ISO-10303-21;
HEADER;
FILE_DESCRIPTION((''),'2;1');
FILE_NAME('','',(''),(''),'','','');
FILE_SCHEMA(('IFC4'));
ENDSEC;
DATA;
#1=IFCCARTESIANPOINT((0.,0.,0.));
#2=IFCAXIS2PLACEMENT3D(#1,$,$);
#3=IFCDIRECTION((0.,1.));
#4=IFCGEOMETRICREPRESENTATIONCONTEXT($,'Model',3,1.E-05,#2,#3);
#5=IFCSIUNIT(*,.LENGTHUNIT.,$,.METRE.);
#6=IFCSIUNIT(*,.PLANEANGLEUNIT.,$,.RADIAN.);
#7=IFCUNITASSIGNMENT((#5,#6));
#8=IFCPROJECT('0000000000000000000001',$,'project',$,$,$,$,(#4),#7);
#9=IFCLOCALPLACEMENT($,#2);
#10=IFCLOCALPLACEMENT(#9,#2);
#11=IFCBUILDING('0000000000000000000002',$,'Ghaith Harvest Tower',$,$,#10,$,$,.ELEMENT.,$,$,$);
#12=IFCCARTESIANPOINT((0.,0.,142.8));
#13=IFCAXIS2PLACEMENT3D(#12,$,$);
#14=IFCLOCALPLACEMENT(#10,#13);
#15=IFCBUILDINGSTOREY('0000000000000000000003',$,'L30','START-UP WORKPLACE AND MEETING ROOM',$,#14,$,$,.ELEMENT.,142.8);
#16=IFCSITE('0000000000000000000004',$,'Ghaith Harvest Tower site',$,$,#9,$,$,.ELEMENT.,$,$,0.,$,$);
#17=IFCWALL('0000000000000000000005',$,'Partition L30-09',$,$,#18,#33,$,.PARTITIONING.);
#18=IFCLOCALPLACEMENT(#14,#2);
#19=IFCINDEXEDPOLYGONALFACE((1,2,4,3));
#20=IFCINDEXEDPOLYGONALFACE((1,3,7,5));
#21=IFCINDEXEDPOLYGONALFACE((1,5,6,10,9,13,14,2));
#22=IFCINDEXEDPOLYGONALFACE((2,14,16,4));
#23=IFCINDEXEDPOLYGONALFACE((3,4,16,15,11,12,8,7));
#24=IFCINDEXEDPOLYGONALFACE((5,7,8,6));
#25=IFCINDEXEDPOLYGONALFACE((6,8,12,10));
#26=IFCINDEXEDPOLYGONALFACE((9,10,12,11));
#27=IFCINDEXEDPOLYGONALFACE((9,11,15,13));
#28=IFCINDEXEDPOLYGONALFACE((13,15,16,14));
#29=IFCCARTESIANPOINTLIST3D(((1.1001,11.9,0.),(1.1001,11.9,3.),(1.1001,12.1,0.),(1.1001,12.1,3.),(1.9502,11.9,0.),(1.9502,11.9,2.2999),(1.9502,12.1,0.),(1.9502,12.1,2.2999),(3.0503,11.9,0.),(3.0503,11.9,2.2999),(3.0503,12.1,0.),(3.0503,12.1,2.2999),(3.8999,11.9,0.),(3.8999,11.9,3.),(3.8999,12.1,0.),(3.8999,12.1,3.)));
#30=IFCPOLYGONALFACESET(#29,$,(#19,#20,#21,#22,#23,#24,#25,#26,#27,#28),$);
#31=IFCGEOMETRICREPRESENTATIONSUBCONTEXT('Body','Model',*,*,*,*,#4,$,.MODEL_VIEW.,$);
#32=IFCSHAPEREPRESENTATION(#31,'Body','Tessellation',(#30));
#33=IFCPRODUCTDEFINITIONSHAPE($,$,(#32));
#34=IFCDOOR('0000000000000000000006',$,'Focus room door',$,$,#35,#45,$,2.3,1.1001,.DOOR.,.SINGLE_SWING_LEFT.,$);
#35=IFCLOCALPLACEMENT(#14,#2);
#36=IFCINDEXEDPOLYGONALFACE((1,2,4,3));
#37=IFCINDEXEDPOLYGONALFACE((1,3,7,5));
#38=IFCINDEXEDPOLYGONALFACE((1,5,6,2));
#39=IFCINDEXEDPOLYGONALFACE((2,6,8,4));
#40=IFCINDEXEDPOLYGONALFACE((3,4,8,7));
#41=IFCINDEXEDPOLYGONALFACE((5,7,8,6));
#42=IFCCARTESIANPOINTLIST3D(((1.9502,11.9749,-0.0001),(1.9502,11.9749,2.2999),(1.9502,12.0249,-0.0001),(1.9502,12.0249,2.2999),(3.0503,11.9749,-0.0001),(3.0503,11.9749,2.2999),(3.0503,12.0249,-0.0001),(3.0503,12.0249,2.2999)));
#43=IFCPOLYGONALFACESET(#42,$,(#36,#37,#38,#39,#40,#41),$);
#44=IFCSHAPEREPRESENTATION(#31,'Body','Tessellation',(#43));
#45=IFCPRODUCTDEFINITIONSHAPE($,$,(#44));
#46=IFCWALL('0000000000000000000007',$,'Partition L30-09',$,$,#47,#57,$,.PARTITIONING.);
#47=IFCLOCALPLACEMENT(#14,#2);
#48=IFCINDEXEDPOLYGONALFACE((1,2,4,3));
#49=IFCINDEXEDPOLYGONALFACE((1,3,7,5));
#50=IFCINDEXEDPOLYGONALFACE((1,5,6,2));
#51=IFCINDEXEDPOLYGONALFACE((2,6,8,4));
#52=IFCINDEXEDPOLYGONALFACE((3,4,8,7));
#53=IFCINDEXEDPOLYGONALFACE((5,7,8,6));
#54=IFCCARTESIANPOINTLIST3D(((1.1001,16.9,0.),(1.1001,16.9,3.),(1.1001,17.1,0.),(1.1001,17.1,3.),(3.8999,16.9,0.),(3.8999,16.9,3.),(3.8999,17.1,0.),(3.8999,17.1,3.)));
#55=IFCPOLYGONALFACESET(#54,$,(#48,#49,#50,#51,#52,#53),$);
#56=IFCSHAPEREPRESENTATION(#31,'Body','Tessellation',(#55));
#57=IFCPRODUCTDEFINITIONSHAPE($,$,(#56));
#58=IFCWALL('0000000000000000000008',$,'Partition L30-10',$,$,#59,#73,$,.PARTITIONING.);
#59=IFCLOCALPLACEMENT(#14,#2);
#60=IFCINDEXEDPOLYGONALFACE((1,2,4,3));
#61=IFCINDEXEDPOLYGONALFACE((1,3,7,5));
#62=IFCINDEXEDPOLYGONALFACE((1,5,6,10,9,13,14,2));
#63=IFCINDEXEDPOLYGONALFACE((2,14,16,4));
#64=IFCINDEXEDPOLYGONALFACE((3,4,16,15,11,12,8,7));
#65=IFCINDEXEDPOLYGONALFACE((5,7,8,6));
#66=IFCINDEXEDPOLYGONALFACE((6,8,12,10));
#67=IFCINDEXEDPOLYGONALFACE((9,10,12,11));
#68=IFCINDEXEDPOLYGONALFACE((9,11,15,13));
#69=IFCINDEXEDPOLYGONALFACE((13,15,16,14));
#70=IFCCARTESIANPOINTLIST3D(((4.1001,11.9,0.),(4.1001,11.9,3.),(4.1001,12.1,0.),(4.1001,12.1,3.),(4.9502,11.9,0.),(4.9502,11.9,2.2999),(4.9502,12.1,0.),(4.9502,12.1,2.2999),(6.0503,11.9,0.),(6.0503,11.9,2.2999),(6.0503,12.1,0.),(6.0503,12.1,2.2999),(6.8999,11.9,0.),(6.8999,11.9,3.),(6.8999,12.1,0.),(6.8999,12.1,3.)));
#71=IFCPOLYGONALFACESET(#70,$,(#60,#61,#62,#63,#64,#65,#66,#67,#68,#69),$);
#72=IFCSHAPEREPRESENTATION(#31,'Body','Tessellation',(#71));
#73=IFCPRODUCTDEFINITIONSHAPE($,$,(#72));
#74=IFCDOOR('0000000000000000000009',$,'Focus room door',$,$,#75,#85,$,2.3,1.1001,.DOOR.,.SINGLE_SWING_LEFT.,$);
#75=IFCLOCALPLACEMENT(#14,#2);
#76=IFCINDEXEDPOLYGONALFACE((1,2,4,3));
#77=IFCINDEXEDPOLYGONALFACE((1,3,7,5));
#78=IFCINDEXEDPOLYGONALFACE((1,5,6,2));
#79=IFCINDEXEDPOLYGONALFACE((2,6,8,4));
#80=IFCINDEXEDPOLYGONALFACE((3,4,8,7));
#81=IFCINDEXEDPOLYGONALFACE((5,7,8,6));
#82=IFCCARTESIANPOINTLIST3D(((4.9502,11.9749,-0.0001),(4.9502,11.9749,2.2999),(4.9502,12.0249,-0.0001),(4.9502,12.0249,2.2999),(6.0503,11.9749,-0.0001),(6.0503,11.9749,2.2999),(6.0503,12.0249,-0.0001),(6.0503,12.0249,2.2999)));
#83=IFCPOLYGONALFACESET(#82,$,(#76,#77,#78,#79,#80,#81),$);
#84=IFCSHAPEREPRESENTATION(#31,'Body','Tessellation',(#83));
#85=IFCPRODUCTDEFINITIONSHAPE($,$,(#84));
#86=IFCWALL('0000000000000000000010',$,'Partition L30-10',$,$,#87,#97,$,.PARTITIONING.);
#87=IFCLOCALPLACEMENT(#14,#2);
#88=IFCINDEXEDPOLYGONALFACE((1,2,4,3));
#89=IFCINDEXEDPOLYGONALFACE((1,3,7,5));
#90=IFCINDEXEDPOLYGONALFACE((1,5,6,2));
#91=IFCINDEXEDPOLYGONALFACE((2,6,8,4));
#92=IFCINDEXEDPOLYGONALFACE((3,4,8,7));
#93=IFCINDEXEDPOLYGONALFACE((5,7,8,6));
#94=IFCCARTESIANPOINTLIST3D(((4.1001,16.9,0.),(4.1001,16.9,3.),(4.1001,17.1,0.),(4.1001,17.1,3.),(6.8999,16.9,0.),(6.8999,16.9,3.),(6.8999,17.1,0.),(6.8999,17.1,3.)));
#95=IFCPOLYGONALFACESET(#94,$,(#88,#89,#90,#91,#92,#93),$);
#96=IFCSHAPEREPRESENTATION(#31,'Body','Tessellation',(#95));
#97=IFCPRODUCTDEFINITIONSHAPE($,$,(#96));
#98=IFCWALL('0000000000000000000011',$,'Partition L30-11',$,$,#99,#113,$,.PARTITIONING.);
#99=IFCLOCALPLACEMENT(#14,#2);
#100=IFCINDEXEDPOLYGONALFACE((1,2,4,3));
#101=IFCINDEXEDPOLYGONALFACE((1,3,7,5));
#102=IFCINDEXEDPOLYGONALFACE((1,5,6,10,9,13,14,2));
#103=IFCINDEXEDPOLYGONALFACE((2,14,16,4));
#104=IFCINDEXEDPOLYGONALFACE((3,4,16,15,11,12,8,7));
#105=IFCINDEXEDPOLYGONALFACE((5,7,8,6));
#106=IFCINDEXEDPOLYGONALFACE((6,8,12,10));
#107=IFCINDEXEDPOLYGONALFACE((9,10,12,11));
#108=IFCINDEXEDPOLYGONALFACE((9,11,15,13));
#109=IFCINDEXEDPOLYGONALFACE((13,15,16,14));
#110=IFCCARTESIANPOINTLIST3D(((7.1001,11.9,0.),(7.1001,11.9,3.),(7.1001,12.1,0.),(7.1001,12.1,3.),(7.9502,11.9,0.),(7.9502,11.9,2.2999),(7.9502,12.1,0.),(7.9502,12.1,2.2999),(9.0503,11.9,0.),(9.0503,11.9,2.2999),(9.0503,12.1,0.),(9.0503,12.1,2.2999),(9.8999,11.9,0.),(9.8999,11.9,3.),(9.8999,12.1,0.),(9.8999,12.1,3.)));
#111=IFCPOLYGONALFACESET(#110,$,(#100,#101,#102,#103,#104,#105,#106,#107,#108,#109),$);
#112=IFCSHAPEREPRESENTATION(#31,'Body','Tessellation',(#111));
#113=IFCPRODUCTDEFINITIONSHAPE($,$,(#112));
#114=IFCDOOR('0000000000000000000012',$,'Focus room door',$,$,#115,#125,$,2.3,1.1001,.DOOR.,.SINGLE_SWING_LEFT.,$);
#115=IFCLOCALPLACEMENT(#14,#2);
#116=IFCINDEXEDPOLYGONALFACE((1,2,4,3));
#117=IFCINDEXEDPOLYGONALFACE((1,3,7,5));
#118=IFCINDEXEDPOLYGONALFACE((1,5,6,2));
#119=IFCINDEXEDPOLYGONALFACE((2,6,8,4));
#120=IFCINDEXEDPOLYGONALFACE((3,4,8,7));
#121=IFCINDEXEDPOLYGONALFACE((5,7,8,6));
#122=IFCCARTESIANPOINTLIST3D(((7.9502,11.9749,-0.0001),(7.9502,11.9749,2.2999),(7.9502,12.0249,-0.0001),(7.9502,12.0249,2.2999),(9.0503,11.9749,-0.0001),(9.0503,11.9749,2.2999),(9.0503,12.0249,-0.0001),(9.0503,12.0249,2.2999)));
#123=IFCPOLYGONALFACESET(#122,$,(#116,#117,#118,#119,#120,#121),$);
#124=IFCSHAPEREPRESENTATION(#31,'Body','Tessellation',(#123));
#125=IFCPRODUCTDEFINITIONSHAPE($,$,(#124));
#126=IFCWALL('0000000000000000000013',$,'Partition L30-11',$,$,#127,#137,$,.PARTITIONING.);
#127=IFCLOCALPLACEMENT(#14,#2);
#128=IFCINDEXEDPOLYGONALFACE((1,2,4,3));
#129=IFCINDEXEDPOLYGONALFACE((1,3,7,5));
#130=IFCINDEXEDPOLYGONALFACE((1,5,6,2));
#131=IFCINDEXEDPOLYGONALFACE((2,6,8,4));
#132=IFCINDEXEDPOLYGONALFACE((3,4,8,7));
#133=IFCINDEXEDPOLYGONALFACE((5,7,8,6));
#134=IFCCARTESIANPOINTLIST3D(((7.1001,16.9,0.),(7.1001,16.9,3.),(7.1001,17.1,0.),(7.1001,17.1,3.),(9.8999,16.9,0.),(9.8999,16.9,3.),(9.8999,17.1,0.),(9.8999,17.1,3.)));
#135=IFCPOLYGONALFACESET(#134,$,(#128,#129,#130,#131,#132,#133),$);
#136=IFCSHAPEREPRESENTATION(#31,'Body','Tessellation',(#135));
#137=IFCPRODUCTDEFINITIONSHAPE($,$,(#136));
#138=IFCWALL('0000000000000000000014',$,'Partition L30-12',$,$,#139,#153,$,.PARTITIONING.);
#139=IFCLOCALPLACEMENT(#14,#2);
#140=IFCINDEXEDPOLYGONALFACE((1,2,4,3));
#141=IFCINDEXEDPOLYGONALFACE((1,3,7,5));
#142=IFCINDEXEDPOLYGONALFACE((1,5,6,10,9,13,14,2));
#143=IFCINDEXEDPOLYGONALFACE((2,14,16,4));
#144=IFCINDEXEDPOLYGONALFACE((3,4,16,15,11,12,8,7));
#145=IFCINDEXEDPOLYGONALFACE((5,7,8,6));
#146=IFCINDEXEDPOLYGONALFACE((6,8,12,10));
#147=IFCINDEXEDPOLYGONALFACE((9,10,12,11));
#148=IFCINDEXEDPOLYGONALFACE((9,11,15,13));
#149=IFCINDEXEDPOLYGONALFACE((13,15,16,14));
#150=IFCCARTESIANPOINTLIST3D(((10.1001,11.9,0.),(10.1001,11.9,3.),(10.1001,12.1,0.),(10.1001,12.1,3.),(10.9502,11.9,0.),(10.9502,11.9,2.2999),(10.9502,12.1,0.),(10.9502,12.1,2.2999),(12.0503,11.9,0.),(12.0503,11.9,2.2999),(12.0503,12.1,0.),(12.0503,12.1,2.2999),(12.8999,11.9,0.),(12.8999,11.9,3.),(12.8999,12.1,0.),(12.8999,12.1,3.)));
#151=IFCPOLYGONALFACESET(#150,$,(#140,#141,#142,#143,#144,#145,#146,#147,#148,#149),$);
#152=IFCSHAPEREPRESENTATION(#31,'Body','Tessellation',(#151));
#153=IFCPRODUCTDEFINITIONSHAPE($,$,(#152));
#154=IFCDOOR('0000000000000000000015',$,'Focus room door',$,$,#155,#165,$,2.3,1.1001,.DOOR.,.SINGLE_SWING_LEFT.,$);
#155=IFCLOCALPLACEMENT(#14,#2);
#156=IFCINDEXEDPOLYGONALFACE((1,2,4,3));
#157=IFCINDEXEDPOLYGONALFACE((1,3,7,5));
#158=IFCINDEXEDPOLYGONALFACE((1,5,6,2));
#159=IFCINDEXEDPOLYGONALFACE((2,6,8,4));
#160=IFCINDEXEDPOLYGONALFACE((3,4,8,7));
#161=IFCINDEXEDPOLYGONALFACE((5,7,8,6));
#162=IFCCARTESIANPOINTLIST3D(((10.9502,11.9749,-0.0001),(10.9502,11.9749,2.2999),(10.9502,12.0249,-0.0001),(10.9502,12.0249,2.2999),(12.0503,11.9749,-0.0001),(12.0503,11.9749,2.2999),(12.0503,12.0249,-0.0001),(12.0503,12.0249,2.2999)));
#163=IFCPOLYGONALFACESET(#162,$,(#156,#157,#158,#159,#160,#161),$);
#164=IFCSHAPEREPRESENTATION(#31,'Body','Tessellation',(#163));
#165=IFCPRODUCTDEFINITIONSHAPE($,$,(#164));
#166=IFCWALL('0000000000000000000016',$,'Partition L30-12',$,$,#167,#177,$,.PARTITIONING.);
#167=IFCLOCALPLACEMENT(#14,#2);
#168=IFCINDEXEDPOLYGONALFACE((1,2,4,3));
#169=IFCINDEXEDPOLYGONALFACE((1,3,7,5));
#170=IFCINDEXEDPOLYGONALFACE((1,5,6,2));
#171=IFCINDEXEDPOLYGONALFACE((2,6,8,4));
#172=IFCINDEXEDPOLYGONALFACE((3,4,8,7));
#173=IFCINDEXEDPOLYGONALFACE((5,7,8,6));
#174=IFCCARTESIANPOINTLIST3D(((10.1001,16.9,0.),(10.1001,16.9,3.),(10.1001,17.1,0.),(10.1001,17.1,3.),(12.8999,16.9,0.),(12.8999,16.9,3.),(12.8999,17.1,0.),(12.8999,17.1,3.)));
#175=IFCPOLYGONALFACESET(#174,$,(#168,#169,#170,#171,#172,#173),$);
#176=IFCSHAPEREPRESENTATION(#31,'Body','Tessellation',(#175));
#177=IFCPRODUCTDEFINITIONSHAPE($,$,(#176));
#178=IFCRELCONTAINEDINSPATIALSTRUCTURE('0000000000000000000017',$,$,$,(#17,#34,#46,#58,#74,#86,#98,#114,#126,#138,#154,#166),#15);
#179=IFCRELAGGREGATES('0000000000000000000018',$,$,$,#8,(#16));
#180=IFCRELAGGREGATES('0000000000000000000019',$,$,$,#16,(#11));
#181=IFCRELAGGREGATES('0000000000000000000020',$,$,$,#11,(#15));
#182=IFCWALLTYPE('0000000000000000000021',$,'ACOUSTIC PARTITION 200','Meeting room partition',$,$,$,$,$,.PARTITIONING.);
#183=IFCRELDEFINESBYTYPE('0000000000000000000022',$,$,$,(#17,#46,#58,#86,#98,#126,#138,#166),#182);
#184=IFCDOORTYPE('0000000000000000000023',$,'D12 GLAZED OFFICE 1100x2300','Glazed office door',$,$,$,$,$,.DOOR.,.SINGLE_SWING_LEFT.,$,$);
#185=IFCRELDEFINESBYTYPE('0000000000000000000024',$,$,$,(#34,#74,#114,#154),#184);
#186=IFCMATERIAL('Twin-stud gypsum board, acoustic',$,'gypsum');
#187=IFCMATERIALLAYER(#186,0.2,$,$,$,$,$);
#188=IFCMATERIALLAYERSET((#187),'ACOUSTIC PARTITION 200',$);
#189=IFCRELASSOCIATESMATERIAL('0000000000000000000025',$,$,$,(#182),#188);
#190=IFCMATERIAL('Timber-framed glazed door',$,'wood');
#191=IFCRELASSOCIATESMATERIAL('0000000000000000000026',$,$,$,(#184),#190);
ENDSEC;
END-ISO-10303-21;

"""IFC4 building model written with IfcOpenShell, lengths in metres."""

from ifc_helpers import new_model, si_unit, direction, frame, frame_2d, origin, place, context, subcontext, project, spatial, rectangle, extrude, material, layer, layer_set, type_object, element, fill, save


model = new_model("IFC4")

# Units and contexts
model_context = context("Model", 3, precision=1e-05, world=origin(), true_north=direction((0.0, 1.0)))
body_context = subcontext(model_context, "Body", "Model", "MODEL_VIEW")
ifc_project = project(units=[si_unit("LENGTHUNIT", "METRE"), si_unit("PLANEANGLEUNIT", "RADIAN")], contexts=[model_context])

# Site, building, storey
site_placement = place(None, origin())
site = spatial("IfcSite", under=ifc_project, at=site_placement, Name="Ghaith Harvest Tower site", CompositionType="ELEMENT", RefElevation=0.0)
building_placement = place(site_placement, origin())
building = spatial("IfcBuilding", under=site, at=building_placement, Name="Ghaith Harvest Tower", CompositionType="ELEMENT")
storey_placement = place(building_placement, frame((0.0, 0.0, 142.8)))
storey = spatial("IfcBuildingStorey", under=building, at=storey_placement, Name="L30", Description="START-UP WORKPLACE AND MEETING ROOM", CompositionType="ELEMENT", Elevation=142.8)

# Shared definitions
ifc_material_1 = material(Name="Twin-stud gypsum board, acoustic", Category="gypsum")
ifc_layer_1 = layer(ifc_material_1, 0.2)
ifc_layer_set_1 = layer_set([ifc_layer_1], Name="ACOUSTIC PARTITION 200")
wall_type = type_object("IfcWallType", Name="ACOUSTIC PARTITION 200", Description="Meeting room partition", PredefinedType="PARTITIONING", material=ifc_layer_set_1)

# Wall, opening, door
wall_1_placement = place(storey_placement, frame((1.1001, 12.0, 0.0), z_axis=(0.0, 0.0, 1.0), x_axis=(1.0, 0.0, 0.0)))
wall_1 = element("IfcWall", 1, at=wall_1_placement, inside=storey, type_object=wall_type, Name="Partition L30-09", PredefinedType="PARTITIONING", context=body_context, shape_type="SweptSolid", body=[
    extrude(rectangle(XDim=2.7998, YDim=0.2, at=frame_2d((1.3999, 0.0))), origin(), (0.0, 0.0, 1.0), 3.0),
])
opening_1_placement = place(wall_1_placement, frame((0.8501, 0.0, 0.0)))
opening_1 = element("IfcOpeningElement", 2, at=opening_1_placement, cuts=wall_1, PredefinedType="OPENING", context=body_context, shape_type="SweptSolid", body=[
    extrude(rectangle(XDim=1.1001, YDim=2.3, at=frame_2d((0.55, 1.1499))), frame((0.0, 0.1099, 0.0), z_axis=(0.0, -1.0, 0.0), x_axis=(1.0, 0.0, 0.0)), (0.0, 0.0, 1.0), 0.22),
])
ifc_material_2 = material(Name="Timber-framed glazed door", Category="wood")
door_type = type_object("IfcDoorType", Name="D12 GLAZED OFFICE 1100x2300", Description="Glazed office door", OperationType="SINGLE_SWING_LEFT", PredefinedType="DOOR", material=ifc_material_2)
door_1_placement = place(opening_1_placement, origin())
door_1 = element("IfcDoor", 3, at=door_1_placement, inside=storey, type_object=door_type, Name="Focus room door", OperationType="SINGLE_SWING_LEFT", OverallHeight=2.3, OverallWidth=1.1001, PredefinedType="DOOR", context=body_context, shape_type="SweptSolid", body=[
    extrude(rectangle(XDim=1.1001, YDim=2.3, at=frame_2d((0.55, 1.1499))), frame((0.0, 0.0249, 0.0), z_axis=(0.0, -1.0, 0.0), x_axis=(1.0, 0.0, 0.0)), (0.0, 0.0, 1.0), 0.05),
])
fill(opening_1, door_1)

# Wall
wall_2_placement = place(storey_placement, frame((1.1001, 17.0, 0.0), z_axis=(0.0, 0.0, 1.0), x_axis=(1.0, 0.0, 0.0)))
element("IfcWall", 4, at=wall_2_placement, inside=storey, type_object=wall_type, Name="Partition L30-09", PredefinedType="PARTITIONING", context=body_context, shape_type="SweptSolid", body=[
    extrude(rectangle(XDim=2.7998, YDim=0.2, at=frame_2d((1.3999, 0.0))), origin(), (0.0, 0.0, 1.0), 3.0),
])

# Wall, opening, door
wall_3_placement = place(storey_placement, frame((4.1001, 12.0, 0.0), z_axis=(0.0, 0.0, 1.0), x_axis=(1.0, 0.0, 0.0)))
wall_3 = element("IfcWall", 5, at=wall_3_placement, inside=storey, type_object=wall_type, Name="Partition L30-10", PredefinedType="PARTITIONING", context=body_context, shape_type="SweptSolid", body=[
    extrude(rectangle(XDim=2.7998, YDim=0.2, at=frame_2d((1.3999, 0.0))), origin(), (0.0, 0.0, 1.0), 3.0),
])
opening_2_placement = place(wall_3_placement, frame((0.8501, 0.0, 0.0)))
opening_2 = element("IfcOpeningElement", 6, at=opening_2_placement, cuts=wall_3, PredefinedType="OPENING", context=body_context, shape_type="SweptSolid", body=[
    extrude(rectangle(XDim=1.1001, YDim=2.3, at=frame_2d((0.55, 1.1499))), frame((0.0, 0.1099, 0.0), z_axis=(0.0, -1.0, 0.0), x_axis=(1.0, 0.0, 0.0)), (0.0, 0.0, 1.0), 0.22),
])
door_2_placement = place(opening_2_placement, origin())
door_2 = element("IfcDoor", 7, at=door_2_placement, inside=storey, type_object=door_type, Name="Focus room door", OperationType="SINGLE_SWING_LEFT", OverallHeight=2.3, OverallWidth=1.1001, PredefinedType="DOOR", context=body_context, shape_type="SweptSolid", body=[
    extrude(rectangle(XDim=1.1001, YDim=2.3, at=frame_2d((0.55, 1.1499))), frame((0.0, 0.0249, 0.0), z_axis=(0.0, -1.0, 0.0), x_axis=(1.0, 0.0, 0.0)), (0.0, 0.0, 1.0), 0.05),
])
fill(opening_2, door_2)

# Wall
wall_4_placement = place(storey_placement, frame((4.1001, 17.0, 0.0), z_axis=(0.0, 0.0, 1.0), x_axis=(1.0, 0.0, 0.0)))
element("IfcWall", 8, at=wall_4_placement, inside=storey, type_object=wall_type, Name="Partition L30-10", PredefinedType="PARTITIONING", context=body_context, shape_type="SweptSolid", body=[
    extrude(rectangle(XDim=2.7998, YDim=0.2, at=frame_2d((1.3999, 0.0))), origin(), (0.0, 0.0, 1.0), 3.0),
])

# Wall, opening, door
wall_5_placement = place(storey_placement, frame((7.1001, 12.0, 0.0), z_axis=(0.0, 0.0, 1.0), x_axis=(1.0, 0.0, 0.0)))
wall_5 = element("IfcWall", 9, at=wall_5_placement, inside=storey, type_object=wall_type, Name="Partition L30-11", PredefinedType="PARTITIONING", context=body_context, shape_type="SweptSolid", body=[
    extrude(rectangle(XDim=2.7998, YDim=0.2, at=frame_2d((1.3999, 0.0))), origin(), (0.0, 0.0, 1.0), 3.0),
])
opening_3_placement = place(wall_5_placement, frame((0.8501, 0.0, 0.0)))
opening_3 = element("IfcOpeningElement", 10, at=opening_3_placement, cuts=wall_5, PredefinedType="OPENING", context=body_context, shape_type="SweptSolid", body=[
    extrude(rectangle(XDim=1.1001, YDim=2.3, at=frame_2d((0.55, 1.1499))), frame((0.0, 0.1099, 0.0), z_axis=(0.0, -1.0, 0.0), x_axis=(1.0, 0.0, 0.0)), (0.0, 0.0, 1.0), 0.22),
])
door_3_placement = place(opening_3_placement, origin())
door_3 = element("IfcDoor", 11, at=door_3_placement, inside=storey, type_object=door_type, Name="Focus room door", OperationType="SINGLE_SWING_LEFT", OverallHeight=2.3, OverallWidth=1.1001, PredefinedType="DOOR", context=body_context, shape_type="SweptSolid", body=[
    extrude(rectangle(XDim=1.1001, YDim=2.3, at=frame_2d((0.55, 1.1499))), frame((0.0, 0.0249, 0.0), z_axis=(0.0, -1.0, 0.0), x_axis=(1.0, 0.0, 0.0)), (0.0, 0.0, 1.0), 0.05),
])
fill(opening_3, door_3)

# Wall
wall_6_placement = place(storey_placement, frame((7.1001, 17.0, 0.0), z_axis=(0.0, 0.0, 1.0), x_axis=(1.0, 0.0, 0.0)))
element("IfcWall", 12, at=wall_6_placement, inside=storey, type_object=wall_type, Name="Partition L30-11", PredefinedType="PARTITIONING", context=body_context, shape_type="SweptSolid", body=[
    extrude(rectangle(XDim=2.7998, YDim=0.2, at=frame_2d((1.3999, 0.0))), origin(), (0.0, 0.0, 1.0), 3.0),
])

# Wall, opening, door
wall_7_placement = place(storey_placement, frame((10.1001, 12.0, 0.0), z_axis=(0.0, 0.0, 1.0), x_axis=(1.0, 0.0, 0.0)))
wall_7 = element("IfcWall", 13, at=wall_7_placement, inside=storey, type_object=wall_type, Name="Partition L30-12", PredefinedType="PARTITIONING", context=body_context, shape_type="SweptSolid", body=[
    extrude(rectangle(XDim=2.7998, YDim=0.2, at=frame_2d((1.3999, 0.0))), origin(), (0.0, 0.0, 1.0), 3.0),
])
opening_4_placement = place(wall_7_placement, frame((0.8501, 0.0, 0.0)))
opening_4 = element("IfcOpeningElement", 14, at=opening_4_placement, cuts=wall_7, PredefinedType="OPENING", context=body_context, shape_type="SweptSolid", body=[
    extrude(rectangle(XDim=1.1001, YDim=2.3, at=frame_2d((0.55, 1.1499))), frame((0.0, 0.1099, 0.0), z_axis=(0.0, -1.0, 0.0), x_axis=(1.0, 0.0, 0.0)), (0.0, 0.0, 1.0), 0.22),
])
door_4_placement = place(opening_4_placement, origin())
door_4 = element("IfcDoor", 15, at=door_4_placement, inside=storey, type_object=door_type, Name="Focus room door", OperationType="SINGLE_SWING_LEFT", OverallHeight=2.3, OverallWidth=1.1001, PredefinedType="DOOR", context=body_context, shape_type="SweptSolid", body=[
    extrude(rectangle(XDim=1.1001, YDim=2.3, at=frame_2d((0.55, 1.1499))), frame((0.0, 0.0249, 0.0), z_axis=(0.0, -1.0, 0.0), x_axis=(1.0, 0.0, 0.0)), (0.0, 0.0, 1.0), 0.05),
])
fill(opening_4, door_4)

# Wall
wall_8_placement = place(storey_placement, frame((10.1001, 17.0, 0.0), z_axis=(0.0, 0.0, 1.0), x_axis=(1.0, 0.0, 0.0)))
element("IfcWall", 16, at=wall_8_placement, inside=storey, type_object=wall_type, Name="Partition L30-12", PredefinedType="PARTITIONING", context=body_context, shape_type="SweptSolid", body=[
    extrude(rectangle(XDim=2.7998, YDim=0.2, at=frame_2d((1.3999, 0.0))), origin(), (0.0, 0.0, 1.0), 3.0),
])

save(model, "model.ifc")
